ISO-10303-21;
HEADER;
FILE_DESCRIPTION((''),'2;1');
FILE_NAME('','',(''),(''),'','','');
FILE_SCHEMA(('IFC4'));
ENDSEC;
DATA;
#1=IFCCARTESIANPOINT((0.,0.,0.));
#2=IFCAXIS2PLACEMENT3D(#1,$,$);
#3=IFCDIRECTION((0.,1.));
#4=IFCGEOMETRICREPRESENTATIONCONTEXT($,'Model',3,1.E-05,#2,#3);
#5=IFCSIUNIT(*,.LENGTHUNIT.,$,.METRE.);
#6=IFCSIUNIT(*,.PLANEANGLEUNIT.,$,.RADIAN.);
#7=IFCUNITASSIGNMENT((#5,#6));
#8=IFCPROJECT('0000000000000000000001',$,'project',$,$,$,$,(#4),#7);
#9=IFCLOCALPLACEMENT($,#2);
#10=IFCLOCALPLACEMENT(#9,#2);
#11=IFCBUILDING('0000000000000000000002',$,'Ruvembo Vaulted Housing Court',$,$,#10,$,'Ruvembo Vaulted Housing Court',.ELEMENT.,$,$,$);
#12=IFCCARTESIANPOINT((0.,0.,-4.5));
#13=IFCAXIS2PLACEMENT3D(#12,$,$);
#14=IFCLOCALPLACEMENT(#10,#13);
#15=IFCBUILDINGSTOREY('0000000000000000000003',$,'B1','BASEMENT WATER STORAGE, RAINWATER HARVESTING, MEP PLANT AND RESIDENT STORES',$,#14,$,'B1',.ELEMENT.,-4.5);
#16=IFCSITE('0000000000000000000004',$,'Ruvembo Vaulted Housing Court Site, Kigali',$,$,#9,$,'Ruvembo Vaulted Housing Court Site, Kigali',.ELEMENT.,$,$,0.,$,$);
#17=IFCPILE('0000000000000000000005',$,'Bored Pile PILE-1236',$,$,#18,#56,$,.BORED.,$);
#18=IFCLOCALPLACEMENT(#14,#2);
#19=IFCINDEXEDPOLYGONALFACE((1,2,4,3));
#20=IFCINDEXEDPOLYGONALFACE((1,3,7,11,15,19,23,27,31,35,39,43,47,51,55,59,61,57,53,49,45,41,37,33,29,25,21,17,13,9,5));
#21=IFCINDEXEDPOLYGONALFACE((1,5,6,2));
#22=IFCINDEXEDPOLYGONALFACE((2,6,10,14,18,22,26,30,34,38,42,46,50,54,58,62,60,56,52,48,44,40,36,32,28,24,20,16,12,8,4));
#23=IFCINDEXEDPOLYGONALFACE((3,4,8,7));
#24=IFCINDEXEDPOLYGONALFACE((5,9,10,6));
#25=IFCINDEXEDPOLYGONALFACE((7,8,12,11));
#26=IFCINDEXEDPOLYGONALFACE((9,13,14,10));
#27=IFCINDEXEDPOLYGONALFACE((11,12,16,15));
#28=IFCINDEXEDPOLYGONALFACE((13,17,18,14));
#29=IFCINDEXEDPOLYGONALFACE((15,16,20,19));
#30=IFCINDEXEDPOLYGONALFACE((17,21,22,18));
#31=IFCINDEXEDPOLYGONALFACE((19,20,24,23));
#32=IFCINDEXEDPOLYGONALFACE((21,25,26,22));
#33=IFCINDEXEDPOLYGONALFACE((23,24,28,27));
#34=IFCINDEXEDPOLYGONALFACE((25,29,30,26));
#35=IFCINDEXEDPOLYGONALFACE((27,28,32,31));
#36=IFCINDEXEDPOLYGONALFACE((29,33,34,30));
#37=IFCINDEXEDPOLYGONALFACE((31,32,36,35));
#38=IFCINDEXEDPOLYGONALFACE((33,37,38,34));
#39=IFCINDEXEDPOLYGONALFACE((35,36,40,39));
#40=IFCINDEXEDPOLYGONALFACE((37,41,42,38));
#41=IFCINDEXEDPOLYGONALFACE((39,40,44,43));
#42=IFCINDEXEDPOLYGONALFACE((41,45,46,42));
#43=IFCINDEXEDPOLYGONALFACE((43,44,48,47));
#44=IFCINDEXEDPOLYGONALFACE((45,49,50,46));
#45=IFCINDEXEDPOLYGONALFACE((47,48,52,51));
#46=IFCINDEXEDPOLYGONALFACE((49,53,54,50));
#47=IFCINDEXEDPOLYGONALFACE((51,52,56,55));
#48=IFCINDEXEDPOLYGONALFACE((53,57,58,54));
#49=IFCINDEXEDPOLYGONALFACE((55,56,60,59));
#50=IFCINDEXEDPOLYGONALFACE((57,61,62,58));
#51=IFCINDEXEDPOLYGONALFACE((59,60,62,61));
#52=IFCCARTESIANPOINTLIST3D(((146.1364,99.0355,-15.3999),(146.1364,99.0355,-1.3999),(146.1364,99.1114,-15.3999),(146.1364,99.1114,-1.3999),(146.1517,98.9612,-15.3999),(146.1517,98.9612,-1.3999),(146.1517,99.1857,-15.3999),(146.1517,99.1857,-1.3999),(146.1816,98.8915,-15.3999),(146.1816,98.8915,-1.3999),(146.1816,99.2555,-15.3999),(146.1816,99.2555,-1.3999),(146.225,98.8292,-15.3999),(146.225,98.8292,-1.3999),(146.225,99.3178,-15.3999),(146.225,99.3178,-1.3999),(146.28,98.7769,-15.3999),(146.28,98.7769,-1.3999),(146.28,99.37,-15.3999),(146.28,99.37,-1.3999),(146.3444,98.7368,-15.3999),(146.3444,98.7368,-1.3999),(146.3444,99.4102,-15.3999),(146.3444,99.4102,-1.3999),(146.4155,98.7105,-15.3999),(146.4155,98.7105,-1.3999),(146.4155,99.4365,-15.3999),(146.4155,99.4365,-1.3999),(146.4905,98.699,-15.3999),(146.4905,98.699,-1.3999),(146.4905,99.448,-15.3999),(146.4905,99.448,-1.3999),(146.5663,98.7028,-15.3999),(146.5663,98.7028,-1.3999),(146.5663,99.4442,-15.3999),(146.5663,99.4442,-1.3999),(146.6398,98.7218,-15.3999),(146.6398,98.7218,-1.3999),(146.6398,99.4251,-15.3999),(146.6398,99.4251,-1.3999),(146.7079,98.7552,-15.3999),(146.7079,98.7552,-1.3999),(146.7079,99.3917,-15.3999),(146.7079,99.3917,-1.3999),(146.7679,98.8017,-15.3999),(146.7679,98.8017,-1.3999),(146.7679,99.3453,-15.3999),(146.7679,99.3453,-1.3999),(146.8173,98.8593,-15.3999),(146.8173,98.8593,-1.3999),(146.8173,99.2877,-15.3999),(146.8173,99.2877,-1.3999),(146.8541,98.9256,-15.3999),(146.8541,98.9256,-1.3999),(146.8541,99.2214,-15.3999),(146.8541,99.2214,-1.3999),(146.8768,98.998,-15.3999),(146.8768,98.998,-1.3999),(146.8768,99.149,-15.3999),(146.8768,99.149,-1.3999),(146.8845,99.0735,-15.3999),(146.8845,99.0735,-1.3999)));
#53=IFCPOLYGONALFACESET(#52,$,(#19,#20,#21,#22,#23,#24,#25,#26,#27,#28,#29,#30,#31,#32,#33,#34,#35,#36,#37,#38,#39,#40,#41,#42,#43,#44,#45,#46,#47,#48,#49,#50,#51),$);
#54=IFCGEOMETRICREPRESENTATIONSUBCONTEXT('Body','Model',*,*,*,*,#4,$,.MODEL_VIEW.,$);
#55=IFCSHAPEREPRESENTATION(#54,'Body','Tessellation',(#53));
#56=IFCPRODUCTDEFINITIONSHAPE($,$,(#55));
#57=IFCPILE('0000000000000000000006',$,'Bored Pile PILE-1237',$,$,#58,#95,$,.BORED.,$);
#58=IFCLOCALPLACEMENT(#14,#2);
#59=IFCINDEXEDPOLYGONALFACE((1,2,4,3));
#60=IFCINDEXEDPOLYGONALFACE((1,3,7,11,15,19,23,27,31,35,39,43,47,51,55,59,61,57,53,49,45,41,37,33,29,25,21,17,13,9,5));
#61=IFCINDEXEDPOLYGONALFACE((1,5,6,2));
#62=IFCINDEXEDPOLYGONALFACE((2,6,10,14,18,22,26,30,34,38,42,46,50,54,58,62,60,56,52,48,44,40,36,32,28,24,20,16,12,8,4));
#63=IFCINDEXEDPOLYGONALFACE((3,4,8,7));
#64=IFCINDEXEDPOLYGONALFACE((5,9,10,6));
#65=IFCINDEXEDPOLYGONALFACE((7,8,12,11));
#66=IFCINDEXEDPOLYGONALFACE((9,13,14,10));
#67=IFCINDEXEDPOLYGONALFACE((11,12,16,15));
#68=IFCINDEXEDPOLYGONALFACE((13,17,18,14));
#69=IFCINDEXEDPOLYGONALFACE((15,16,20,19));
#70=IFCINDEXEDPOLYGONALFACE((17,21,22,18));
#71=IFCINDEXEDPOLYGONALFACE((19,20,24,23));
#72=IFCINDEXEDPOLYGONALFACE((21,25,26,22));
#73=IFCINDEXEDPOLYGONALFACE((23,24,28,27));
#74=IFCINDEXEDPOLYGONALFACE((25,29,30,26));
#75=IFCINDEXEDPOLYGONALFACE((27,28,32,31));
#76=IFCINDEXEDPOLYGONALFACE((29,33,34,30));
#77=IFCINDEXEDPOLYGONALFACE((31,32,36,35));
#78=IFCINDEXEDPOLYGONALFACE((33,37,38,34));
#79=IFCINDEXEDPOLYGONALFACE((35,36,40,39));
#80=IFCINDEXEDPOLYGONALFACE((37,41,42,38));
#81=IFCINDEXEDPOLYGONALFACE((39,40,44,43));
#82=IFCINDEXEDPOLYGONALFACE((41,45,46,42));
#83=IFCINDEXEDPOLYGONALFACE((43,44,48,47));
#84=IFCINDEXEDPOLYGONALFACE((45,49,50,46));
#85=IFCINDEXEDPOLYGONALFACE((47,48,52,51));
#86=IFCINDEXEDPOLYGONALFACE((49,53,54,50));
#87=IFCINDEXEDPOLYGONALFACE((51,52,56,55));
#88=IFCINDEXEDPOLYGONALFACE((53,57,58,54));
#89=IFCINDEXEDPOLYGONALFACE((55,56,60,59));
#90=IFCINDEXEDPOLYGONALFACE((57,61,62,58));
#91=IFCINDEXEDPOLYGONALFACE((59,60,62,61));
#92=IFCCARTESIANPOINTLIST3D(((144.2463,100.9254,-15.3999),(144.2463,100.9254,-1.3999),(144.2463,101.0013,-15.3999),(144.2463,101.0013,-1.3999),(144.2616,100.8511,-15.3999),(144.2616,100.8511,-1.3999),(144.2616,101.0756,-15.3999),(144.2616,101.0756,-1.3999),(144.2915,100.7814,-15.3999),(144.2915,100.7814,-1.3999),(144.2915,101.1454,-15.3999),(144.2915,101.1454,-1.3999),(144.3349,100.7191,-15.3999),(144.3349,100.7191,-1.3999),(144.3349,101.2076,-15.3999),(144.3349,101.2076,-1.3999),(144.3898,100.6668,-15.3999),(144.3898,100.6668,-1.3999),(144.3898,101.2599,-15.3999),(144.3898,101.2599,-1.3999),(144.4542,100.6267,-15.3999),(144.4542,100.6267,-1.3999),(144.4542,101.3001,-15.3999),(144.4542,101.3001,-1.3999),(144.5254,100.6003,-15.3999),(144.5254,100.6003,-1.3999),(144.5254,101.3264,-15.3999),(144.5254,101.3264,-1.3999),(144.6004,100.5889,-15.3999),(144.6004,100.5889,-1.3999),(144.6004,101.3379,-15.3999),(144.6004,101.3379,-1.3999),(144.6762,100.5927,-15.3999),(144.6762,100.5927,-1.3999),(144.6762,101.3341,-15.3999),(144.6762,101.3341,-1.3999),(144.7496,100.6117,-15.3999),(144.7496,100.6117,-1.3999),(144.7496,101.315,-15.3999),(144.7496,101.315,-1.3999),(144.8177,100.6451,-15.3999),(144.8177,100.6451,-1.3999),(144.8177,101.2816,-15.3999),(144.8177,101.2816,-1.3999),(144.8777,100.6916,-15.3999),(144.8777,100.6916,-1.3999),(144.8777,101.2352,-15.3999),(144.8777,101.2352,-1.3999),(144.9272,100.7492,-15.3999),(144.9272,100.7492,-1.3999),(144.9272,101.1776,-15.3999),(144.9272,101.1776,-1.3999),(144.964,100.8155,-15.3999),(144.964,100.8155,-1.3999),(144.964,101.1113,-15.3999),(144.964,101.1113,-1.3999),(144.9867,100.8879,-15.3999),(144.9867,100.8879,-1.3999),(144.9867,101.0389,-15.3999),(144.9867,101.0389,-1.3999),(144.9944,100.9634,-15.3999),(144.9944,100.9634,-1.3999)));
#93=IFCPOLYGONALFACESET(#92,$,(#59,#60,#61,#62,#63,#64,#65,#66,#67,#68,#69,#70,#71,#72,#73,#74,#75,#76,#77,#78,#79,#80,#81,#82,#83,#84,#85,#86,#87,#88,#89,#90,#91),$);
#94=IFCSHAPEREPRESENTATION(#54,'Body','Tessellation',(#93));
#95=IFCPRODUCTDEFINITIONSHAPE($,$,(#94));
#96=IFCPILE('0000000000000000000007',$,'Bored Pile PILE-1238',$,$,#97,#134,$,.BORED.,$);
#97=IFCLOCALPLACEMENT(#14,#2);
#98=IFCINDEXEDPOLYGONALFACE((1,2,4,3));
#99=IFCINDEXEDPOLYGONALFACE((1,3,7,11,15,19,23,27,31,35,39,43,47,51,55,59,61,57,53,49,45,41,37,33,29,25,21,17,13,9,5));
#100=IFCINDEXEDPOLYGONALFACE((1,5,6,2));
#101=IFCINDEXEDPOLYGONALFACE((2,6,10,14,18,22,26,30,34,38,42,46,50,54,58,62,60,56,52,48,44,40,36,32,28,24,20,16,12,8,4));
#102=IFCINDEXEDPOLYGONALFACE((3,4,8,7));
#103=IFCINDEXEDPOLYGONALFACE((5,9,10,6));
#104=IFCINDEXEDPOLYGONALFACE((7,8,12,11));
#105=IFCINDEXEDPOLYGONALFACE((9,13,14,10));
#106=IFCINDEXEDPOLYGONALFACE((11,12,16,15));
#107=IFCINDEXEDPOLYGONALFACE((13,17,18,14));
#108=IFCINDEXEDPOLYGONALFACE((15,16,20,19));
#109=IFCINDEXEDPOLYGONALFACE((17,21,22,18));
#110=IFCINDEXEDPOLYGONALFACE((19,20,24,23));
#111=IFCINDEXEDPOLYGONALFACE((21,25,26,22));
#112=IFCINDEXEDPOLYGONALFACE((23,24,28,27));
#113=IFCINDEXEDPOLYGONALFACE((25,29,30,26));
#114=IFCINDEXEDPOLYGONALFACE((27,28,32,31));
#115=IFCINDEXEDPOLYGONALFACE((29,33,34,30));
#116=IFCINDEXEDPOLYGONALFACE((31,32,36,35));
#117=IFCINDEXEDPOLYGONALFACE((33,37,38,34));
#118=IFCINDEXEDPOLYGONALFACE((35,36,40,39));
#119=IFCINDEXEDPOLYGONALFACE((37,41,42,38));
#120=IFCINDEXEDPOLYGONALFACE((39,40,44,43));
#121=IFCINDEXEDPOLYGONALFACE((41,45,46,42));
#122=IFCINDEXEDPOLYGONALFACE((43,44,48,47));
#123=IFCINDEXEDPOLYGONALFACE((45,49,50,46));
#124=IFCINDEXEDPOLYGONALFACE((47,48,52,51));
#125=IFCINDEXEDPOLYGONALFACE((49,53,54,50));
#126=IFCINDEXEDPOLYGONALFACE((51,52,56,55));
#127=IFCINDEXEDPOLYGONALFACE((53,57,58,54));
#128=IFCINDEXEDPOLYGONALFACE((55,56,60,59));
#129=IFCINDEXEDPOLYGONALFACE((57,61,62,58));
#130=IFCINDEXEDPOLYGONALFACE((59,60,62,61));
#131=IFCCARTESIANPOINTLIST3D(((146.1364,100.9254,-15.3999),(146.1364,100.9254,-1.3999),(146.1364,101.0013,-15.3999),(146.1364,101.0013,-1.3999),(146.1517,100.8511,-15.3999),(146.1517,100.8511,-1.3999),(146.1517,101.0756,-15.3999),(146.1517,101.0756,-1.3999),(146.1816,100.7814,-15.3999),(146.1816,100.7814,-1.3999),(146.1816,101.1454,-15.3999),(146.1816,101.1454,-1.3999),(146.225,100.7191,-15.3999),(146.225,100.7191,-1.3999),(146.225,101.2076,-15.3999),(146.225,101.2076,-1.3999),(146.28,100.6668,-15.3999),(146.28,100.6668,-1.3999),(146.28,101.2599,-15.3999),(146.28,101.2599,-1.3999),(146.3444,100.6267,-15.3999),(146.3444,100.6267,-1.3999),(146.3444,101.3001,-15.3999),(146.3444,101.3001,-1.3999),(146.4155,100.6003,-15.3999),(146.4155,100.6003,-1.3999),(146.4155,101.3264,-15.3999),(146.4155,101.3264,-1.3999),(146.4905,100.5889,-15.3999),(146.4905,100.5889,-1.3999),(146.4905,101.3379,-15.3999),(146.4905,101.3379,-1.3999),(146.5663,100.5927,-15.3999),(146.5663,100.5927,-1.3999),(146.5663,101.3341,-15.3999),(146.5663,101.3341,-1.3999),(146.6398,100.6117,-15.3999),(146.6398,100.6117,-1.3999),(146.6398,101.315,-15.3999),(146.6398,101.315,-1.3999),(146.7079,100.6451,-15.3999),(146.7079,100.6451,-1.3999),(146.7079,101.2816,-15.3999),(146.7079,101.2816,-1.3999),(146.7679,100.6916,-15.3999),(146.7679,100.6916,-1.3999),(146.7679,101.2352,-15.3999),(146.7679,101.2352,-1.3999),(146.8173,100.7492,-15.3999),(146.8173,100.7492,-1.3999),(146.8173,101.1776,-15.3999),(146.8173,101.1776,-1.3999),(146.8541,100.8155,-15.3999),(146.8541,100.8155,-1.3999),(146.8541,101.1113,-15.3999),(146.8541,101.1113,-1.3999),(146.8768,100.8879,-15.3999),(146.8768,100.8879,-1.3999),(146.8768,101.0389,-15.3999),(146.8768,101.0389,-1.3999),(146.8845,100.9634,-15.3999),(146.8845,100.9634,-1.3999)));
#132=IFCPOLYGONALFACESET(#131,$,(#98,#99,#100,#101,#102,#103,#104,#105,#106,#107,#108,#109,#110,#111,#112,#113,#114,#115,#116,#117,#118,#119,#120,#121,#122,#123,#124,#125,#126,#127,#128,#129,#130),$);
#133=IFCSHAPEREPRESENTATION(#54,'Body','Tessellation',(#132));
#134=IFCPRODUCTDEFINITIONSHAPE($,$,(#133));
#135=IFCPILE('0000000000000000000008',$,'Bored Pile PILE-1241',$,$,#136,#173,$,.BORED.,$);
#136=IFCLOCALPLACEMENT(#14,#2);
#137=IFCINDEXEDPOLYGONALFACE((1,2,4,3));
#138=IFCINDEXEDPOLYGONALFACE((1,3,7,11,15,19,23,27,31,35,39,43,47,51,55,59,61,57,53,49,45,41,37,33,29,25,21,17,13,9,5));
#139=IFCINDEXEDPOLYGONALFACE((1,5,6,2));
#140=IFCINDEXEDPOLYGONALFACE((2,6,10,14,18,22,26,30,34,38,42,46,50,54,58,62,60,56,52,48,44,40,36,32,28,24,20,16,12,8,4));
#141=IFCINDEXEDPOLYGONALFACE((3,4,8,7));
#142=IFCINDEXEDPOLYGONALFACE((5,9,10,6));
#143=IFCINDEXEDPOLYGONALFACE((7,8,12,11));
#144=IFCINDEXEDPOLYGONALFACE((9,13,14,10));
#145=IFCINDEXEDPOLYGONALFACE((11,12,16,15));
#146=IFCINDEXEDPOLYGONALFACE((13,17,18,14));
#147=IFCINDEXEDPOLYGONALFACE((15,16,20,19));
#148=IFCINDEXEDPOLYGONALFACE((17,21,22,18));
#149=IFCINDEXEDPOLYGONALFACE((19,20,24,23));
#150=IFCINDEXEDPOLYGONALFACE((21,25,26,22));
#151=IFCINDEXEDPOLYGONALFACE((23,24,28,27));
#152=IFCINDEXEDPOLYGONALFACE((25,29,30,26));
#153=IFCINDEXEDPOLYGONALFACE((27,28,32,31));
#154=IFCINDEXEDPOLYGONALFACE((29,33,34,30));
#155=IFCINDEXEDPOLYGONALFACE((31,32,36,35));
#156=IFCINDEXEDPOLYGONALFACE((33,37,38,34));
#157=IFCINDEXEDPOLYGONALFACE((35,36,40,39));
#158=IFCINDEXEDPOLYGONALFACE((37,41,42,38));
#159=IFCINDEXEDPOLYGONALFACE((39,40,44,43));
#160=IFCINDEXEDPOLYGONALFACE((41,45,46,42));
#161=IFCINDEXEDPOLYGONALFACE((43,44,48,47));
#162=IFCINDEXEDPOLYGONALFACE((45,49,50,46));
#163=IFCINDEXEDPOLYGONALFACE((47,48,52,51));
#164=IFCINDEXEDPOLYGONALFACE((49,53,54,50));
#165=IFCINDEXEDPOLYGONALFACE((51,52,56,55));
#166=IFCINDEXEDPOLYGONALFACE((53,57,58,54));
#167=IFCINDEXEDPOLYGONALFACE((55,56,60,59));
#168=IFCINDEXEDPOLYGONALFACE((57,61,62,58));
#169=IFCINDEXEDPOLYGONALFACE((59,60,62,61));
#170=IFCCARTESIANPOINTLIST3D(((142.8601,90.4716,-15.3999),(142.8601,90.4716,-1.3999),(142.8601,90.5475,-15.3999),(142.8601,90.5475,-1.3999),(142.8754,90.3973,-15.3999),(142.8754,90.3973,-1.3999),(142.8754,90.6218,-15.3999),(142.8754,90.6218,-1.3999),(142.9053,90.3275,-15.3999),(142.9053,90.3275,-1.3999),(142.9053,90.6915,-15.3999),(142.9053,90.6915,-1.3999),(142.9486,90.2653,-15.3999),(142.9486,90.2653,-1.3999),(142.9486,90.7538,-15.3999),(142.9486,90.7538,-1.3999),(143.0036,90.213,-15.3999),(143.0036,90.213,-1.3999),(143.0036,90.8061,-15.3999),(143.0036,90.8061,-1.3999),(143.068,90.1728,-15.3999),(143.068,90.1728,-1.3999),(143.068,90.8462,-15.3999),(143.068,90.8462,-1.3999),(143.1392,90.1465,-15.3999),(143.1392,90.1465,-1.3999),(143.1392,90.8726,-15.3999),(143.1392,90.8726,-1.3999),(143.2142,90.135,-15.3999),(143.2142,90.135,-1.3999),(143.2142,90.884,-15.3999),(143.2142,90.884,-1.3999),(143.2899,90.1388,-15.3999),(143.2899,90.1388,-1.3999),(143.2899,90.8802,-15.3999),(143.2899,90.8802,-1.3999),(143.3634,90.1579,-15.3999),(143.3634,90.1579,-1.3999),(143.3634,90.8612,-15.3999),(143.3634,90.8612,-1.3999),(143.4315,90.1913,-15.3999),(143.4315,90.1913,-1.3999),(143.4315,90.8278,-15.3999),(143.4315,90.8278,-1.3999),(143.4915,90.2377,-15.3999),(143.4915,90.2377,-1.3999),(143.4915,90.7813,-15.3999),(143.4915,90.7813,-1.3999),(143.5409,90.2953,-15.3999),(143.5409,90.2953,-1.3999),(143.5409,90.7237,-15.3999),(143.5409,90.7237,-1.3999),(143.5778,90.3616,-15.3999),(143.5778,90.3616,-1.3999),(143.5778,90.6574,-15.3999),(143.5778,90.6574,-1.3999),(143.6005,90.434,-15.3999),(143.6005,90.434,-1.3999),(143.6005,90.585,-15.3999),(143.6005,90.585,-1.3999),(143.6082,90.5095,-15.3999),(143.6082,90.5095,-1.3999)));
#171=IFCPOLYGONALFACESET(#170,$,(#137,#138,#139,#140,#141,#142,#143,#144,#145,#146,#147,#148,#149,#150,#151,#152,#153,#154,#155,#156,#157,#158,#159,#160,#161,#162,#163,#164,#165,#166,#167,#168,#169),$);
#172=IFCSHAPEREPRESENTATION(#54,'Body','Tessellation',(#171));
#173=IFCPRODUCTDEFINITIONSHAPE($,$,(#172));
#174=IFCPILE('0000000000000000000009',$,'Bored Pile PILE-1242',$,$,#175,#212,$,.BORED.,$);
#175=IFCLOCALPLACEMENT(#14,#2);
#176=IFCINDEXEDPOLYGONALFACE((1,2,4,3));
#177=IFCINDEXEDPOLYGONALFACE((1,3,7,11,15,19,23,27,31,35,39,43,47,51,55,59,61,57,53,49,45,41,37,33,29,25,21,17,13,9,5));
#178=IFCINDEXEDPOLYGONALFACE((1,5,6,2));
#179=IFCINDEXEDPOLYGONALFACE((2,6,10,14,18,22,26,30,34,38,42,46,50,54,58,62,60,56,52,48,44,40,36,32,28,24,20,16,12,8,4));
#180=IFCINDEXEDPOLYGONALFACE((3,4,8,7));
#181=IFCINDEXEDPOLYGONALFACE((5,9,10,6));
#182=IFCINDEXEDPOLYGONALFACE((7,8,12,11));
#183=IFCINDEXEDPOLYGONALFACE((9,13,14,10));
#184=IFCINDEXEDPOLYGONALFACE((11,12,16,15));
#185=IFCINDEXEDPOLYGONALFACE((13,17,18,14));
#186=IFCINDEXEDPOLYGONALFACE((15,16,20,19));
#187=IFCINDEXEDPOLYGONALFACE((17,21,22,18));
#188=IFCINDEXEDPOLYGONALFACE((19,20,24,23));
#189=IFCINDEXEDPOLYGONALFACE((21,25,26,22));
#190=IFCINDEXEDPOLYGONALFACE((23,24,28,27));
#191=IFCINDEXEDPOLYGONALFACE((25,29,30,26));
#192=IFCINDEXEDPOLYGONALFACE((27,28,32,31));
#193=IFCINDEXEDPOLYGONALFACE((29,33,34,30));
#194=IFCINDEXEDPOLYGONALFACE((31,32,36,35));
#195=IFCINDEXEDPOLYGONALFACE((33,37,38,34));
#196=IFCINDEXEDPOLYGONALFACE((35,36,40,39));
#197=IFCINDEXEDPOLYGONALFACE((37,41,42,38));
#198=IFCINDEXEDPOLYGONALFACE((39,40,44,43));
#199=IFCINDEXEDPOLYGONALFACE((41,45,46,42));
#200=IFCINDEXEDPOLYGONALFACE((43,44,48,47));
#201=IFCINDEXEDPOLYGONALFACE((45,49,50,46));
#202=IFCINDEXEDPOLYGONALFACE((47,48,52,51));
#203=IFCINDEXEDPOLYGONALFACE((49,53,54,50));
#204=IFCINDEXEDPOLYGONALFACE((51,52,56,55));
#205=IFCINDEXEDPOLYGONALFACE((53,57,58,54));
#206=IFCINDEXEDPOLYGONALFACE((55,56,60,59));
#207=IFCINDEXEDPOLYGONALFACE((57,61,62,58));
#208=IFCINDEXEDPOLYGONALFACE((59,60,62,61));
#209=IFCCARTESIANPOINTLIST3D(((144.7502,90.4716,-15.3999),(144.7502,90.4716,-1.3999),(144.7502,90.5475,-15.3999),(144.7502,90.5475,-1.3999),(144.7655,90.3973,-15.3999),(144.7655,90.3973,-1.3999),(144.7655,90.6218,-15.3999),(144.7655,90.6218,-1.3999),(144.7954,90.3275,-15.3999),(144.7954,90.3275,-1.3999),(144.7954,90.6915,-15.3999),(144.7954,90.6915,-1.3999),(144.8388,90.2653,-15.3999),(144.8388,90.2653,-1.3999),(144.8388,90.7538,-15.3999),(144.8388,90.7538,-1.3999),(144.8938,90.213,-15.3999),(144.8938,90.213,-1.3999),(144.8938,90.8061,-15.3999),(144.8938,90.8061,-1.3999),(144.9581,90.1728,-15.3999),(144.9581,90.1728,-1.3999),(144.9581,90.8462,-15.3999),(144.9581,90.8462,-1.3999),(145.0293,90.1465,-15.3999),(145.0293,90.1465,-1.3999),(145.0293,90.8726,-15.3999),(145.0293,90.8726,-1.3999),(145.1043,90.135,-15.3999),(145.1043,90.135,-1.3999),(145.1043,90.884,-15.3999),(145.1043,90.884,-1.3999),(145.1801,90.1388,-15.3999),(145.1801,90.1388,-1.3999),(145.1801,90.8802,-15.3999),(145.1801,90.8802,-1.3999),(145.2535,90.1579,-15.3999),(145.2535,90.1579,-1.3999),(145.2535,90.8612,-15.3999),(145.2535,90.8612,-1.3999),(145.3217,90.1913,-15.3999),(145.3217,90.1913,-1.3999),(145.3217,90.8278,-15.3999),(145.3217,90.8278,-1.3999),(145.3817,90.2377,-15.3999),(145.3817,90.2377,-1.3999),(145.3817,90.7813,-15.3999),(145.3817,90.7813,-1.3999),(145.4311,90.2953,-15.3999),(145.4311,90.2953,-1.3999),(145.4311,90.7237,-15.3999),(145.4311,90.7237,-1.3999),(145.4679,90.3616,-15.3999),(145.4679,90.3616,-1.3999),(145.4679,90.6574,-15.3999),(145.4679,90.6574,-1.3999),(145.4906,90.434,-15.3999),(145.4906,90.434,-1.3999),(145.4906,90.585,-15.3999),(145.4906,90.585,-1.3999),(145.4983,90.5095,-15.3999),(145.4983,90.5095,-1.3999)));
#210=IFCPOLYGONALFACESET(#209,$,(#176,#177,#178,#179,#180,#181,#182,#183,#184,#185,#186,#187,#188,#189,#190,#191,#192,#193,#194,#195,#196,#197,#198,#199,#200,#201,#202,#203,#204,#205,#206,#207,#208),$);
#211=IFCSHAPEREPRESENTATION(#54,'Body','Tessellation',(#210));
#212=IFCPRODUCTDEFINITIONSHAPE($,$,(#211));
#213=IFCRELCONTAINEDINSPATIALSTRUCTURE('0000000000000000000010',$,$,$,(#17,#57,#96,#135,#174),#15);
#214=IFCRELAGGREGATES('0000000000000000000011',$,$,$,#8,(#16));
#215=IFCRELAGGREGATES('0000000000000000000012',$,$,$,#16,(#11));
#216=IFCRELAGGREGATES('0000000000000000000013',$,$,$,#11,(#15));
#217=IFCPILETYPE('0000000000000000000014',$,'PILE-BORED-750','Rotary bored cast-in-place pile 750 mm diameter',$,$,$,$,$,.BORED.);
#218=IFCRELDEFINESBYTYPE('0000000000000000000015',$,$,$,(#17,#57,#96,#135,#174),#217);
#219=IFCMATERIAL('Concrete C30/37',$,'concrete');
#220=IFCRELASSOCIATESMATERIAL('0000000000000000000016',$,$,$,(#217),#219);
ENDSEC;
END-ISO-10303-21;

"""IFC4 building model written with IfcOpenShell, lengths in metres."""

from ifc_helpers import new_model, si_unit, direction, frame, origin, origin_2d, place, context, subcontext, project, spatial, circle, extrude, material, material_profile, profile_set, type_object, element, save


model = new_model("IFC4")

# Units and contexts
model_context = context("Model", 3, precision=1e-05, world=origin(), true_north=direction((0.0, 1.0)))
body_context = subcontext(model_context, "Body", "Model", "MODEL_VIEW")
ifc_project = project(units=[si_unit("LENGTHUNIT", "METRE"), si_unit("PLANEANGLEUNIT", "RADIAN")], contexts=[model_context])

# Site, building, storey
site_placement = place(None, origin())
site = spatial("IfcSite", under=ifc_project, at=site_placement, Name="Ruvembo Vaulted Housing Court Site, Kigali", LongName="Ruvembo Vaulted Housing Court Site, Kigali", CompositionType="ELEMENT", RefElevation=0.0)
building_placement = place(site_placement, origin())
building = spatial("IfcBuilding", under=site, at=building_placement, Name="Ruvembo Vaulted Housing Court", LongName="Ruvembo Vaulted Housing Court", CompositionType="ELEMENT")
storey_placement = place(building_placement, frame((0.0, 0.0, -4.5)))
storey = spatial("IfcBuildingStorey", under=building, at=storey_placement, Name="B1", Description="BASEMENT WATER STORAGE, RAINWATER HARVESTING, MEP PLANT AND RESIDENT STORES", LongName="B1", CompositionType="ELEMENT", Elevation=-4.5)

# Piles
ifc_material_1 = material(Name="Concrete C30/37", Category="concrete")
ifc_material_profile_1 = material_profile(ifc_material_1, circle(Radius=0.375, at=origin_2d()), Name="PILE D750")
ifc_profile_set_1 = profile_set([ifc_material_profile_1], Name="Concrete C30/37")
pile_type_1 = type_object("IfcPileType", Name="PILE-BORED-750", Description="Rotary bored cast-in-place pile 750 mm diameter", PredefinedType="BORED", material=ifc_profile_set_1)
for number, where, z_axis, x_axis, name in (
    (1, (146.5095, 99.0735, -1.3999), (0.0, 0.0, -1.0), (1.0, 0.0, 0.0), "Bored Pile PILE-1236"),
    (2, (144.6194, 100.9634, -1.3999), (0.0, 0.0, -1.0), (1.0, 0.0, 0.0), "Bored Pile PILE-1237"),
    (3, (146.5095, 100.9634, -1.3999), (0.0, 0.0, -1.0), (1.0, 0.0, 0.0), "Bored Pile PILE-1238"),
    (4, (143.2332, 90.5095, -1.3999), (0.0, 0.0, -1.0), (1.0, 0.0, 0.0), "Bored Pile PILE-1241"),
    (5, (145.1233, 90.5095, -1.3999), (0.0, 0.0, -1.0), (1.0, 0.0, 0.0), "Bored Pile PILE-1242"),
):
    element("IfcPile", number, at=place(storey_placement, frame(where, z_axis=z_axis, x_axis=x_axis)), inside=storey, type_object=pile_type_1, Name=name, PredefinedType="BORED", context=body_context, shape_type="SweptSolid", body=[
        extrude(circle(Radius=0.375, at=origin_2d()), origin(), (0.0, 0.0, 1.0), 14.0),
    ])

save(model, "model.ifc")
